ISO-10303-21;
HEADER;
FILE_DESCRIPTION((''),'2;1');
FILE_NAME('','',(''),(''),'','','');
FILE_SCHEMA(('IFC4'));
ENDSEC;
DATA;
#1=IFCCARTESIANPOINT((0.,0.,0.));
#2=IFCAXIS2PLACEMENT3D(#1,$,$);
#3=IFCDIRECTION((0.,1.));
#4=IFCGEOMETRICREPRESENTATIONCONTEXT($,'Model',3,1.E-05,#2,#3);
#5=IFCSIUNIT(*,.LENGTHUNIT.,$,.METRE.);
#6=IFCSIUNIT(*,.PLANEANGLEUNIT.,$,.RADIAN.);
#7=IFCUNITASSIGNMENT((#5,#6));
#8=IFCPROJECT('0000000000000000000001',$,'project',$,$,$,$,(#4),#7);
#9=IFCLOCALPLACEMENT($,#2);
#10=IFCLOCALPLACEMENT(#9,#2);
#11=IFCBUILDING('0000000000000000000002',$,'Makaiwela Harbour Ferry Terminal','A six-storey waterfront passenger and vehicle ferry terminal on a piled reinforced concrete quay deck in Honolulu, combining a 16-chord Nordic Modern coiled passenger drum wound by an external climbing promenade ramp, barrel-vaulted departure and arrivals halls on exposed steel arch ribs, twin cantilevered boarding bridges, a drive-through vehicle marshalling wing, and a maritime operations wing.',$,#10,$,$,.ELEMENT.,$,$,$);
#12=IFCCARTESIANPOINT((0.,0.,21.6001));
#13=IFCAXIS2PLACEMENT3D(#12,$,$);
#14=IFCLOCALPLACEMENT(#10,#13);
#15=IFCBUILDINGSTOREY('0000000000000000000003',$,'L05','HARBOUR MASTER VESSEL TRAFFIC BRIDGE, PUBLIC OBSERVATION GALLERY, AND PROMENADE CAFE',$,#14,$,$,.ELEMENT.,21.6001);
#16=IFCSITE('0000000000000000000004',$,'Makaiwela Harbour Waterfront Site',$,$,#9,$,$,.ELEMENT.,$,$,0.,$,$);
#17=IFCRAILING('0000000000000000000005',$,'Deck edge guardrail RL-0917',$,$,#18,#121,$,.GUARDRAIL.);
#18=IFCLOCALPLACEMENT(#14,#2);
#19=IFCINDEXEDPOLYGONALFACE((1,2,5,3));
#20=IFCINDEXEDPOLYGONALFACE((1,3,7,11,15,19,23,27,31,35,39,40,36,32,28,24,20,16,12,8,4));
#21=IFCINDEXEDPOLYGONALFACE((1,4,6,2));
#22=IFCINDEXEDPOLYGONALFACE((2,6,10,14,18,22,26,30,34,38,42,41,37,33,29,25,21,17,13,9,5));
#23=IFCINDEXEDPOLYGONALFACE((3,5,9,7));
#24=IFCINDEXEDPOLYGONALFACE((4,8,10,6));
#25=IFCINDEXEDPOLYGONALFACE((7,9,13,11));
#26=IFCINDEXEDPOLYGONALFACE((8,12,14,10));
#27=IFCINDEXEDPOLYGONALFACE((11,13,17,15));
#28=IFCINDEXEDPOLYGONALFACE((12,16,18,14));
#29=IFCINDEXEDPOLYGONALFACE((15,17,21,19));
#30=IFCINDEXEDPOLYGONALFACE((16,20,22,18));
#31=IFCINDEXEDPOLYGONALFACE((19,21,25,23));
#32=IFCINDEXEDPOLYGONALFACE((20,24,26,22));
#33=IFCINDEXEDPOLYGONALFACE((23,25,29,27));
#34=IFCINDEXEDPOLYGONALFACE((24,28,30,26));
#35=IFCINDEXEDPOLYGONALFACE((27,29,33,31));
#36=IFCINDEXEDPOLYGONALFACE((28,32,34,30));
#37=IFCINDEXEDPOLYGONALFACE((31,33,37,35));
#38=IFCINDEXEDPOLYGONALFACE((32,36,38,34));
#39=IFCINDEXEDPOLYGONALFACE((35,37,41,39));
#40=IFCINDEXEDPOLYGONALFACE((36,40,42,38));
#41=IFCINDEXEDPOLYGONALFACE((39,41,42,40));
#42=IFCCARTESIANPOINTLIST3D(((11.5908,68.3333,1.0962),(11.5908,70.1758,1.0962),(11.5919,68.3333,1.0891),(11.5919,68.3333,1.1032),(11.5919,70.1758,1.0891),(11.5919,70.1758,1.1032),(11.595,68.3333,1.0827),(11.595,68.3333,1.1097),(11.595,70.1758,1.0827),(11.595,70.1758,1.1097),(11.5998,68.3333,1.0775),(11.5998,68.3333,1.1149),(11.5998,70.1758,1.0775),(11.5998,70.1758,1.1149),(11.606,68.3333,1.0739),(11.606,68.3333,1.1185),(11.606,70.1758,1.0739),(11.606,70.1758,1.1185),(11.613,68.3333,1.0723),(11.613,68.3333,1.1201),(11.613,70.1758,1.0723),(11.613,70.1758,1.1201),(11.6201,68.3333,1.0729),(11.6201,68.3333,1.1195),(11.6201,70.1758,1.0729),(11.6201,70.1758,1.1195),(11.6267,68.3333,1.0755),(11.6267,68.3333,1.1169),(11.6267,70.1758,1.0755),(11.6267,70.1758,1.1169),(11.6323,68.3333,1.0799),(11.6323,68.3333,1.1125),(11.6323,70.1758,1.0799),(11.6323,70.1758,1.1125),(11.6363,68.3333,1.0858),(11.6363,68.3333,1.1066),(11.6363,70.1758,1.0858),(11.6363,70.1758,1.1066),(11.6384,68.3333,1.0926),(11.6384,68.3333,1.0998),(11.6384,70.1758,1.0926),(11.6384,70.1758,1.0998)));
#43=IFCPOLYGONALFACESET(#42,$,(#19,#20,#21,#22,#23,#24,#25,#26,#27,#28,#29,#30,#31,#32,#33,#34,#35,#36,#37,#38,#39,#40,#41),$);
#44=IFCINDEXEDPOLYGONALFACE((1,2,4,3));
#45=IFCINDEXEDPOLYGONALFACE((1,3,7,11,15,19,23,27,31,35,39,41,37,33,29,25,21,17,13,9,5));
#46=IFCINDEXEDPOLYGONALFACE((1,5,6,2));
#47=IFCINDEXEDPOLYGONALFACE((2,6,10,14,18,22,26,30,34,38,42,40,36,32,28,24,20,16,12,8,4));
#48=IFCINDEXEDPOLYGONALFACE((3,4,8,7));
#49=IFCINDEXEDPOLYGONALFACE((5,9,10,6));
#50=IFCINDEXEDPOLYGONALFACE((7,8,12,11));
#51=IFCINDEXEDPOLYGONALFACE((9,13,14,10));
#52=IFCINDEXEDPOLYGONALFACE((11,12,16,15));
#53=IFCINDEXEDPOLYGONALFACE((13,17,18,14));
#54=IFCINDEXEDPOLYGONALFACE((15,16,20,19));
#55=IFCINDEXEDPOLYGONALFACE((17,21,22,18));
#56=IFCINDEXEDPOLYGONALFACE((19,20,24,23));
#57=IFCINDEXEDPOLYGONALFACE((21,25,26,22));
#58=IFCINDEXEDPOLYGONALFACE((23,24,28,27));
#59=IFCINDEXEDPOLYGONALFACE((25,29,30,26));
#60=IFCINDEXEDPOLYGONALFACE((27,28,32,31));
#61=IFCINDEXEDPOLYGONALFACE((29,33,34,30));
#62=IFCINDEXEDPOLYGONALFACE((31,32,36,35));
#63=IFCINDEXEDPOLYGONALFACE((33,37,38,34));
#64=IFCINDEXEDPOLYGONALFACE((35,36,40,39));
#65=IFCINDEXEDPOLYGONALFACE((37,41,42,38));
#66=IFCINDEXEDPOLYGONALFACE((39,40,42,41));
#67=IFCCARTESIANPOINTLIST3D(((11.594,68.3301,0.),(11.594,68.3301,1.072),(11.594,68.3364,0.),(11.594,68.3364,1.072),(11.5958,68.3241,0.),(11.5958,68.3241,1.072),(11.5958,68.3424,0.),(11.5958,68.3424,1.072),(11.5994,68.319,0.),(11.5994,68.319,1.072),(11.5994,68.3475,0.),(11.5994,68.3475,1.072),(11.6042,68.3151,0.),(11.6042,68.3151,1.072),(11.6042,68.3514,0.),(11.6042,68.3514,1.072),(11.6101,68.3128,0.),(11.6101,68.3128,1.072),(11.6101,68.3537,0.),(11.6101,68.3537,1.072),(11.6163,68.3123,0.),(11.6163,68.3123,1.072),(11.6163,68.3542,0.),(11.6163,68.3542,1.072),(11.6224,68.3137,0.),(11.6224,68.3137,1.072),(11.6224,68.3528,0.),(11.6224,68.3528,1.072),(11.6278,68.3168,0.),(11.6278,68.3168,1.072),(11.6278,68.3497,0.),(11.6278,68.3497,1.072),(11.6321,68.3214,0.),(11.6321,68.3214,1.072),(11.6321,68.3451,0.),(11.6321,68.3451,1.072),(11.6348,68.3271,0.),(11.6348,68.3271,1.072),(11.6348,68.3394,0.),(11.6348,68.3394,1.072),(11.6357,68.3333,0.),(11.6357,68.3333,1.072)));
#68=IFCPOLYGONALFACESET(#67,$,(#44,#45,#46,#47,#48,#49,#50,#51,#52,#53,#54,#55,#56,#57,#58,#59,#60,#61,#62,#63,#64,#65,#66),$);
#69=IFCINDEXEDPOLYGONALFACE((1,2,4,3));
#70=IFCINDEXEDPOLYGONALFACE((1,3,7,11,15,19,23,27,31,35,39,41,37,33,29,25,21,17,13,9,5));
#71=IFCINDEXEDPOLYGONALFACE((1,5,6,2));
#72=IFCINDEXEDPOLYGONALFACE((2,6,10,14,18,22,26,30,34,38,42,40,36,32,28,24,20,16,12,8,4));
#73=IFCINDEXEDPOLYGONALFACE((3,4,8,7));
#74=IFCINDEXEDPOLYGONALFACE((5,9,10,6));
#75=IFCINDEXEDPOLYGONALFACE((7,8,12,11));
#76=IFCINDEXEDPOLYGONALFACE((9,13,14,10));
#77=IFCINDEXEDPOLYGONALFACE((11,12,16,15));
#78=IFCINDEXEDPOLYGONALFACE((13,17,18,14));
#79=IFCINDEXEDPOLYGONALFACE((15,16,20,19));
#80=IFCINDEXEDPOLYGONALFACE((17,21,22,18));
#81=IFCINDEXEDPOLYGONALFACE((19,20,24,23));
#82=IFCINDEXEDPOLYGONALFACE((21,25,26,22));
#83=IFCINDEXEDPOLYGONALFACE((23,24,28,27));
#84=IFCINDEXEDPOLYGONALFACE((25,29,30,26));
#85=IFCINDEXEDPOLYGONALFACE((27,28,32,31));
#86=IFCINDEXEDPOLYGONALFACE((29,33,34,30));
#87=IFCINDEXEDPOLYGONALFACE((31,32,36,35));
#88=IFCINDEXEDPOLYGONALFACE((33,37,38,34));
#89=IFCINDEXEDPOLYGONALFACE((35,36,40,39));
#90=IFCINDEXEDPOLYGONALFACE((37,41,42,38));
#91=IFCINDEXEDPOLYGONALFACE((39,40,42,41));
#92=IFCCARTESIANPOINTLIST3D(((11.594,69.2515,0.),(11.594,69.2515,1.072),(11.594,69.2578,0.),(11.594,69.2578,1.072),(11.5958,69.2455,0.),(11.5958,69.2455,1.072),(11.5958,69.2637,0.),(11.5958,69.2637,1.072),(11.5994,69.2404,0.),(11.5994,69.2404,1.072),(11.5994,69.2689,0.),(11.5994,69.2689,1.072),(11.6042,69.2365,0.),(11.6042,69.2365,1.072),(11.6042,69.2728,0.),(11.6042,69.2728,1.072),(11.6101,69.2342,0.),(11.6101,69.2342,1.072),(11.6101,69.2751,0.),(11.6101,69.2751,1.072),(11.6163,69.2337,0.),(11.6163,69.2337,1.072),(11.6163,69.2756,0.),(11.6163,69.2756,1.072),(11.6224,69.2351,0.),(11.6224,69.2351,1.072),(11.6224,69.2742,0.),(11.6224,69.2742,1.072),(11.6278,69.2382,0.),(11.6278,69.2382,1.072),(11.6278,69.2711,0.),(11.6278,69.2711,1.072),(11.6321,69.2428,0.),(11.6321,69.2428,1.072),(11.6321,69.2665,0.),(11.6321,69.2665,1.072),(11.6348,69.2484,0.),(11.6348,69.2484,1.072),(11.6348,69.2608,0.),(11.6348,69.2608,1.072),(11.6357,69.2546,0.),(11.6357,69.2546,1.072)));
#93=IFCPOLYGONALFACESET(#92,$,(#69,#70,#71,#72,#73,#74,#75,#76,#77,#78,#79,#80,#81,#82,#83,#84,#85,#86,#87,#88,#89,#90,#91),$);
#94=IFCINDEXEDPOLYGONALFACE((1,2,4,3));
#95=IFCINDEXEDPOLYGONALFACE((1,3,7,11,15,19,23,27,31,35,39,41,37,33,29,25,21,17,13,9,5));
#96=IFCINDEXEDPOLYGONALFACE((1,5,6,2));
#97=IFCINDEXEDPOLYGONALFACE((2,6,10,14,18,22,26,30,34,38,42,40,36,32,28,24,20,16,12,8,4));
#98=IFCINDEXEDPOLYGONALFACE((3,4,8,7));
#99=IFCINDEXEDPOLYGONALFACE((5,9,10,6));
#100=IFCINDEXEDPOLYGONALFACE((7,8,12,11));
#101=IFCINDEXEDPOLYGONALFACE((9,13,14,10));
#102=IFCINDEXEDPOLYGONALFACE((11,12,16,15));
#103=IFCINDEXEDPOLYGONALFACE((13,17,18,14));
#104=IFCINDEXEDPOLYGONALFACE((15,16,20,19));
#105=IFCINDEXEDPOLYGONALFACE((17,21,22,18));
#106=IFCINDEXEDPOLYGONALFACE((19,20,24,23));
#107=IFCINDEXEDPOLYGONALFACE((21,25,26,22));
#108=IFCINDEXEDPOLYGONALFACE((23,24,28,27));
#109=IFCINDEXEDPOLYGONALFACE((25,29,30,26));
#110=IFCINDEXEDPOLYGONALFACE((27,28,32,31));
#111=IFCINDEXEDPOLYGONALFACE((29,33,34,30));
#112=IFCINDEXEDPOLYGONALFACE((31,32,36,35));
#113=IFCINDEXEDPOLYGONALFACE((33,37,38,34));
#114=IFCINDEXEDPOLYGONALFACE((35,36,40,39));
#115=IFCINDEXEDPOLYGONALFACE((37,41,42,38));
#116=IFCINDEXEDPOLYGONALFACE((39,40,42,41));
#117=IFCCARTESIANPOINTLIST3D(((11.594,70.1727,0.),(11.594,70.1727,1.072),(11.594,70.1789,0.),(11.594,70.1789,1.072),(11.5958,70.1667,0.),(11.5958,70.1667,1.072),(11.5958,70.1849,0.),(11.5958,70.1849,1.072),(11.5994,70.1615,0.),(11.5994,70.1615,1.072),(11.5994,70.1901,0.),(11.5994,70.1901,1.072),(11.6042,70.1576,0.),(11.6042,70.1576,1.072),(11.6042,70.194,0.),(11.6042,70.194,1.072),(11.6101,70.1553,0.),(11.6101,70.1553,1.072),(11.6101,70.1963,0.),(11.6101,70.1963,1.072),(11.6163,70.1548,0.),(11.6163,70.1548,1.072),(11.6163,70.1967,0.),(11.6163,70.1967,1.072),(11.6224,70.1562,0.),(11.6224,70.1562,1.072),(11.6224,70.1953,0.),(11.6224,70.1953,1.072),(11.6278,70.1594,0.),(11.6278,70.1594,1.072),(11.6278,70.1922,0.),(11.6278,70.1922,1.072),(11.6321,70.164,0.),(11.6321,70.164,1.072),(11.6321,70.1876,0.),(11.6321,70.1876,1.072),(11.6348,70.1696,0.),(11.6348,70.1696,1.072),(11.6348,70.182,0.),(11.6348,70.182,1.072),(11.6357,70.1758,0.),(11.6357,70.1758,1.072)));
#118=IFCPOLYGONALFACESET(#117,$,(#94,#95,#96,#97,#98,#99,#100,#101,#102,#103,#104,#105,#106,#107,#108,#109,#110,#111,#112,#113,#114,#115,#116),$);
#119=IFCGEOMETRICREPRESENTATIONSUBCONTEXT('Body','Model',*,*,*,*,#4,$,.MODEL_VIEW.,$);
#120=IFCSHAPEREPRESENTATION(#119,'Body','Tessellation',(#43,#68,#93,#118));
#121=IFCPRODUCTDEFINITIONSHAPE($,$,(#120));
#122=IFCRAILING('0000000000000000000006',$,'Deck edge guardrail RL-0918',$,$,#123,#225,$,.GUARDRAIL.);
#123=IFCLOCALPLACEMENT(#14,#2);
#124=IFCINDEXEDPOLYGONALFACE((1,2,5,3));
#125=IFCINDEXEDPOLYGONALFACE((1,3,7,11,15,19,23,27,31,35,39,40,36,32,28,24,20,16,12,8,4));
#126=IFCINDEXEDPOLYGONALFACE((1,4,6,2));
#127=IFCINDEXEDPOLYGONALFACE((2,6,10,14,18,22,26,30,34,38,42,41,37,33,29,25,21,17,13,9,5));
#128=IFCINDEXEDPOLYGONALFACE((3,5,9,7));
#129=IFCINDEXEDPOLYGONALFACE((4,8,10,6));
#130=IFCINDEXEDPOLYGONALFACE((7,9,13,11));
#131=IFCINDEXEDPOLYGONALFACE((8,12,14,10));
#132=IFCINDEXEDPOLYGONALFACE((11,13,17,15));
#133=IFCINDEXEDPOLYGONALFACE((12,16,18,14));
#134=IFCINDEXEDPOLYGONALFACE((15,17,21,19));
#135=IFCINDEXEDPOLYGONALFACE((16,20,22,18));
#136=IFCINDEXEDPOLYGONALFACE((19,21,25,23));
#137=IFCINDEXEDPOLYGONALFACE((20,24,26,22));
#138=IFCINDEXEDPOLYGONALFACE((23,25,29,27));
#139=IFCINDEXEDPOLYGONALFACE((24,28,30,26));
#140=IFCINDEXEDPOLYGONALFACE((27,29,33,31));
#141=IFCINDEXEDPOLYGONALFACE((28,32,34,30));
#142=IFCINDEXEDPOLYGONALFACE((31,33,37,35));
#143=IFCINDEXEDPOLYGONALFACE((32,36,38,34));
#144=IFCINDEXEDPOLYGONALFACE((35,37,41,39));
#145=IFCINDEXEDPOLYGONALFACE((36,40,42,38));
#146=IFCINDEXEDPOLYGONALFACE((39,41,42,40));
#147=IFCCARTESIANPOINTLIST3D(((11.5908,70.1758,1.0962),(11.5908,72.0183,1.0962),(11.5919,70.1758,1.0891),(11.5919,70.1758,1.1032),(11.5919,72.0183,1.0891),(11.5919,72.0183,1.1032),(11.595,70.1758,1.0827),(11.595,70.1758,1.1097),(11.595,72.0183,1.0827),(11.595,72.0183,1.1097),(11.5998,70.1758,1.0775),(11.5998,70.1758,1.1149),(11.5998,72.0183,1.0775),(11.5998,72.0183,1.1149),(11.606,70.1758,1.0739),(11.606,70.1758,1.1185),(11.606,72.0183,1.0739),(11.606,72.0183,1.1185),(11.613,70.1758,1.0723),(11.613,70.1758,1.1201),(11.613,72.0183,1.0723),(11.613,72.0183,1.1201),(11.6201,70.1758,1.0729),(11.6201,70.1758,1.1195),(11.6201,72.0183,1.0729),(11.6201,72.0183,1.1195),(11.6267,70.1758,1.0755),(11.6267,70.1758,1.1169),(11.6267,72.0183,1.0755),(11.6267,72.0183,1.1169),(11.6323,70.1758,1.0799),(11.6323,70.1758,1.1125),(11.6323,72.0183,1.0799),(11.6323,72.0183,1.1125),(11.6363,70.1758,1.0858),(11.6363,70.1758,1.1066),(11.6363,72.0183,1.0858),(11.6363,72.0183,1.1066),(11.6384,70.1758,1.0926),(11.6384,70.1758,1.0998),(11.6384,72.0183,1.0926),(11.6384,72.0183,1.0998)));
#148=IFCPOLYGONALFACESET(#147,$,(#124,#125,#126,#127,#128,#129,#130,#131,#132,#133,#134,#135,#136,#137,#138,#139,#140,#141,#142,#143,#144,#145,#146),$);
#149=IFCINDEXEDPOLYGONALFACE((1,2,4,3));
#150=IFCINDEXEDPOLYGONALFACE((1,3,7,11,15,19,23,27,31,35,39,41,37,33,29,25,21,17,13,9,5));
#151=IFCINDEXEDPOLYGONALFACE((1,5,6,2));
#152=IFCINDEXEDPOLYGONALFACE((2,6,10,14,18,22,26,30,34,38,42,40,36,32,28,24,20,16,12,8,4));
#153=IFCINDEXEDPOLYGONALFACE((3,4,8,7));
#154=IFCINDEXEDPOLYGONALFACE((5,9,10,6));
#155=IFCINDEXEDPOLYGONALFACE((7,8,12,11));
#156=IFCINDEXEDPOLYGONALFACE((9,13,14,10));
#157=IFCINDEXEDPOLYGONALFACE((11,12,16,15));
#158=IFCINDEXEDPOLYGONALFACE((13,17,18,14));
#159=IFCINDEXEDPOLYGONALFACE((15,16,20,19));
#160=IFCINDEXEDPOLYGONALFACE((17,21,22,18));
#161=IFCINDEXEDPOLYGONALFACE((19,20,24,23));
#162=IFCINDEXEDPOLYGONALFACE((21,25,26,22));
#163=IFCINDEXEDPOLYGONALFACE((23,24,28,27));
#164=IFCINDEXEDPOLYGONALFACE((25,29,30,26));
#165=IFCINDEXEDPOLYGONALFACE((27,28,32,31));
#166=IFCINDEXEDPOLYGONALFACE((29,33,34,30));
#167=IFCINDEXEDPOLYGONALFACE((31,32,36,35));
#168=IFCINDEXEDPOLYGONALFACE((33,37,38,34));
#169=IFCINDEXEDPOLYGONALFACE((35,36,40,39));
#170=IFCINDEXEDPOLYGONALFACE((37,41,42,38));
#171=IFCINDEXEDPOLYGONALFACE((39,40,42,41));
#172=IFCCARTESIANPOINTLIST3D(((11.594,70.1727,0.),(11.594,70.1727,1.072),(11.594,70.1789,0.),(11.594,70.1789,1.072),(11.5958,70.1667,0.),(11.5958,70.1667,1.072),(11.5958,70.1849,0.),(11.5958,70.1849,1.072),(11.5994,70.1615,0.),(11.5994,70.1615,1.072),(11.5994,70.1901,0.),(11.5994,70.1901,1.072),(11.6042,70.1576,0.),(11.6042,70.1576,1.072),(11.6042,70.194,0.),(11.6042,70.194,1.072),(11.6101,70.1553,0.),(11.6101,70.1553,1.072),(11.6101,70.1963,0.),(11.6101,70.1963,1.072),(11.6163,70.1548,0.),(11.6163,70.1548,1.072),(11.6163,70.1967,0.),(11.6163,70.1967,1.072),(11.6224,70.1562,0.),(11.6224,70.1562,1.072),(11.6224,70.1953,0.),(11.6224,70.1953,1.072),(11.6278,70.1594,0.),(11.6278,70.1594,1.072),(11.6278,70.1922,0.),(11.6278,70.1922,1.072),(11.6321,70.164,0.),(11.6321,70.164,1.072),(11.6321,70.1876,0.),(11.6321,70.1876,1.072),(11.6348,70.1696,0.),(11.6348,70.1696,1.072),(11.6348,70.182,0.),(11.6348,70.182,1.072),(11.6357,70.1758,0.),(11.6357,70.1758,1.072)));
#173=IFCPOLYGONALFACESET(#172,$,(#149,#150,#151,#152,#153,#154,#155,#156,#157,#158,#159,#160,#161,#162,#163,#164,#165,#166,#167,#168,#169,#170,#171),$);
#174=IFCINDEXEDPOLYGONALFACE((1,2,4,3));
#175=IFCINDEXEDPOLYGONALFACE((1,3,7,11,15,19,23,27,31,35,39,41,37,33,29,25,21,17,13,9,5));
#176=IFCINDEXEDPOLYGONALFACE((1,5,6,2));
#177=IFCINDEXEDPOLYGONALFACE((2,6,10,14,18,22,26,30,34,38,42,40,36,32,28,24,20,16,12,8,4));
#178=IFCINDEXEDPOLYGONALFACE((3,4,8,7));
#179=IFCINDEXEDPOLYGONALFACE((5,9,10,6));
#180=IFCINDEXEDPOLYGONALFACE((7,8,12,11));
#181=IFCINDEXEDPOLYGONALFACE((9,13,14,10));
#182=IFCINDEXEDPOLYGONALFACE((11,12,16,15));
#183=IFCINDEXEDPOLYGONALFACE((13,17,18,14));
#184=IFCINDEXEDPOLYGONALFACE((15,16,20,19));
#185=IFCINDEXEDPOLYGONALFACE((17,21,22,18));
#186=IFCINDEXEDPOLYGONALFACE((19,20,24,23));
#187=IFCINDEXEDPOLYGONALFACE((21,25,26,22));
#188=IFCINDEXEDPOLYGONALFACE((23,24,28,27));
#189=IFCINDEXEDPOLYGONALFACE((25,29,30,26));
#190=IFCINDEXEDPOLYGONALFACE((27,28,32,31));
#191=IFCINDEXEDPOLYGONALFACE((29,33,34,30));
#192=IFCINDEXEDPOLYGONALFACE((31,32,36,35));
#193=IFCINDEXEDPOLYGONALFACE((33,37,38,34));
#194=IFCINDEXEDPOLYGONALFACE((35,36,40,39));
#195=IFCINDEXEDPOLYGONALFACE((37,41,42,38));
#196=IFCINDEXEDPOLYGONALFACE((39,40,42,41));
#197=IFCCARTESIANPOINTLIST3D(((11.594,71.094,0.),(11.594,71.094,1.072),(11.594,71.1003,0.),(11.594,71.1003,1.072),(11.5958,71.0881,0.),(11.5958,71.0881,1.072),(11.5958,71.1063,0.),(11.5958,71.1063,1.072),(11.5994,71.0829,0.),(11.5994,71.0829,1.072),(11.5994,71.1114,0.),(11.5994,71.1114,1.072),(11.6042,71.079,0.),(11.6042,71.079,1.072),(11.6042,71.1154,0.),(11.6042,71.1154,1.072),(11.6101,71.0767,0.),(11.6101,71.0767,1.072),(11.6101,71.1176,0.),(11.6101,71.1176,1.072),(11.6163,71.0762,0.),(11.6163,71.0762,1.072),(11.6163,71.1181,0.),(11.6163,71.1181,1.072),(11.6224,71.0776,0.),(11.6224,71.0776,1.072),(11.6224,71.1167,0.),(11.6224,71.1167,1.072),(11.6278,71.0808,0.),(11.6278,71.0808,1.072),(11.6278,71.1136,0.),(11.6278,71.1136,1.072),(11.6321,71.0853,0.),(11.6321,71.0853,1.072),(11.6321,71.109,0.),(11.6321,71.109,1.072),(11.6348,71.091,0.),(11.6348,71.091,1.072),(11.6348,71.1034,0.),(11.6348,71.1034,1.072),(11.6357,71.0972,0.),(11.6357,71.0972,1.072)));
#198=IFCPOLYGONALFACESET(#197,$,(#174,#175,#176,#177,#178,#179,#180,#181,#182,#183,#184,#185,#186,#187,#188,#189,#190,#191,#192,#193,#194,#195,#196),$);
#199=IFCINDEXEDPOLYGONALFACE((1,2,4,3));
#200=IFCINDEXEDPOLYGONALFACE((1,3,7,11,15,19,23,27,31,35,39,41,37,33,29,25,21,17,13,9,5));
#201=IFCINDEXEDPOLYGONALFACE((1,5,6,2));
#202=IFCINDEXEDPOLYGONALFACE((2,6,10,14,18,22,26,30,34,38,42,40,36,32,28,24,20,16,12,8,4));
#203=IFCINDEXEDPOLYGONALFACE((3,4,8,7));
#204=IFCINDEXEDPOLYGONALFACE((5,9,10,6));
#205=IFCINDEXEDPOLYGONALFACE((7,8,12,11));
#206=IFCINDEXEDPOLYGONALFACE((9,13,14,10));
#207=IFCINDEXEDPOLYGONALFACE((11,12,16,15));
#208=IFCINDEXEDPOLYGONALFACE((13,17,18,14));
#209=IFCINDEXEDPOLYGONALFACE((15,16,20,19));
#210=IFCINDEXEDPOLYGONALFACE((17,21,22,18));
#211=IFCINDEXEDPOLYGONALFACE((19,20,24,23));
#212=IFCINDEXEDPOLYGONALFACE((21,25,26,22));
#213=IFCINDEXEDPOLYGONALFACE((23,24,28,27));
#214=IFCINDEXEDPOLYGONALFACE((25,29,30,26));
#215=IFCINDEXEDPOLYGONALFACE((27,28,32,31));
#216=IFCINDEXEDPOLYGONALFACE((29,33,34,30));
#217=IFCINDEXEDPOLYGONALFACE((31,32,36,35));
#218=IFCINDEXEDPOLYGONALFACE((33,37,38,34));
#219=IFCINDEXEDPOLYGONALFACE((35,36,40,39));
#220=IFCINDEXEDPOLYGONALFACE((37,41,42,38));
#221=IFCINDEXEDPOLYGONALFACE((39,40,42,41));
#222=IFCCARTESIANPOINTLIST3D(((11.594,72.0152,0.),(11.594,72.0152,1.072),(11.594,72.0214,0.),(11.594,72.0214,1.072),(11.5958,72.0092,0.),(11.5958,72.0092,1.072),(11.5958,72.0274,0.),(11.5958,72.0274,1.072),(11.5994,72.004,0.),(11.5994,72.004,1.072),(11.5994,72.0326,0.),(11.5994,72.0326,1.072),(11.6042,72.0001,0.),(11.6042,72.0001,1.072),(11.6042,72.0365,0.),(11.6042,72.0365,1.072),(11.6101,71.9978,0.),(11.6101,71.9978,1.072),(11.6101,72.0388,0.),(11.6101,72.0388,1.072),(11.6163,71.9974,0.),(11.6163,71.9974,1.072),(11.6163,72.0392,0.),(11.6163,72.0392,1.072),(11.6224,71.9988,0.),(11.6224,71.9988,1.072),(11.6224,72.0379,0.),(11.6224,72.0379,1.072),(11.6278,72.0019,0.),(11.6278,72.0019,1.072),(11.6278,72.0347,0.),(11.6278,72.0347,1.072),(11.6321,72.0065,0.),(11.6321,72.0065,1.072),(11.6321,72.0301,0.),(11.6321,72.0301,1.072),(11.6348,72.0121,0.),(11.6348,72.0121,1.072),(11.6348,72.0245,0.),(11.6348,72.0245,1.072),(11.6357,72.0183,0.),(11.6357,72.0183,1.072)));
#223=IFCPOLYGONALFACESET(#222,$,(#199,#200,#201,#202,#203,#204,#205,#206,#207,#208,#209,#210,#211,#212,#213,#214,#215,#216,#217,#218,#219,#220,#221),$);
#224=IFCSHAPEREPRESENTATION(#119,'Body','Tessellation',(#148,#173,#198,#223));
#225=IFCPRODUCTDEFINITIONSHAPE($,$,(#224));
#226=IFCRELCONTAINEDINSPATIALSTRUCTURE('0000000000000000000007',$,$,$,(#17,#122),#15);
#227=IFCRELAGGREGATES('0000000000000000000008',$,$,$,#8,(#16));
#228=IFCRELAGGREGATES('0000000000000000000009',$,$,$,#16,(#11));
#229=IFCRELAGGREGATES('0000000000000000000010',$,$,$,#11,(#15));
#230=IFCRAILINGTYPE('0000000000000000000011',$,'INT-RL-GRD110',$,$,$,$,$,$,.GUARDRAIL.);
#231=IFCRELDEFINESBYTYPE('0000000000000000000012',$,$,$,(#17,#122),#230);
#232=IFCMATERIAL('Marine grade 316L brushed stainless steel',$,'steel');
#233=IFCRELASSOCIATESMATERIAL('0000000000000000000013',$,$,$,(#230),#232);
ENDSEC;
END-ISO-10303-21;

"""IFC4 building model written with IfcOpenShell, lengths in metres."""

from ifc_helpers import new_model, si_unit, direction, frame, origin, origin_2d, place, context, subcontext, project, spatial, circle, extrude, material, type_object, element, save


model = new_model("IFC4")

# Units and contexts
model_context = context("Model", 3, precision=1e-05, world=origin(), true_north=direction((0.0, 1.0)))
body_context = subcontext(model_context, "Body", "Model", "MODEL_VIEW")
ifc_project = project(units=[si_unit("LENGTHUNIT", "METRE"), si_unit("PLANEANGLEUNIT", "RADIAN")], contexts=[model_context])

# Site, building, storey
site_placement = place(None, origin())
site = spatial("IfcSite", under=ifc_project, at=site_placement, Name="Makaiwela Harbour Waterfront Site", CompositionType="ELEMENT", RefElevation=0.0)
building_placement = place(site_placement, origin())
building = spatial("IfcBuilding", under=site, at=building_placement, Name="Makaiwela Harbour Ferry Terminal", Description="A six-storey waterfront passenger and vehicle ferry terminal on a piled reinforced concrete quay deck in Honolulu, combining a 16-chord Nordic Modern coiled passenger drum wound by an external climbing promenade ramp, barrel-vaulted departure and arrivals halls on exposed steel arch ribs, twin cantilevered boarding bridges, a drive-through vehicle marshalling wing, and a maritime operations wing.", CompositionType="ELEMENT")
storey_placement = place(building_placement, frame((0.0, 0.0, 21.6001)))
storey = spatial("IfcBuildingStorey", under=building, at=storey_placement, Name="L05", Description="HARBOUR MASTER VESSEL TRAFFIC BRIDGE, PUBLIC OBSERVATION GALLERY, AND PROMENADE CAFE", CompositionType="ELEMENT", Elevation=21.6001)

# Railings
ifc_material_1 = material(Name="Marine grade 316L brushed stainless steel", Category="steel")
railing_type = type_object("IfcRailingType", Name="INT-RL-GRD110", PredefinedType="GUARDRAIL", material=ifc_material_1)
for number, where, name in (
    (1, (11.6147, 68.3333, 0.0), "Deck edge guardrail RL-0917"),
    (2, (11.6147, 70.1758, 0.0), "Deck edge guardrail RL-0918"),
):
    element("IfcRailing", number, at=place(storey_placement, frame(where)), inside=storey, type_object=railing_type, Name=name, PredefinedType="GUARDRAIL", context=body_context, shape_type="SweptSolid", body=[
        extrude(circle(Radius=0.0239, at=origin_2d()), frame((0.0, 0.0, 1.0962), z_axis=(0.0, 1.0, 0.0), x_axis=(-1.0, 0.0, 0.0)), (0.0, 0.0, 1.0), 1.8425),
        extrude(circle(Radius=0.021, at=origin_2d()), origin(), (0.0, 0.0, 1.0), 1.072),
        extrude(circle(Radius=0.021, at=origin_2d()), frame((0.0, 0.9214, 0.0)), (0.0, 0.0, 1.0), 1.072),
        extrude(circle(Radius=0.021, at=origin_2d()), frame((0.0, 1.8425, 0.0)), (0.0, 0.0, 1.0), 1.072),
    ])

save(model, "model.ifc")
